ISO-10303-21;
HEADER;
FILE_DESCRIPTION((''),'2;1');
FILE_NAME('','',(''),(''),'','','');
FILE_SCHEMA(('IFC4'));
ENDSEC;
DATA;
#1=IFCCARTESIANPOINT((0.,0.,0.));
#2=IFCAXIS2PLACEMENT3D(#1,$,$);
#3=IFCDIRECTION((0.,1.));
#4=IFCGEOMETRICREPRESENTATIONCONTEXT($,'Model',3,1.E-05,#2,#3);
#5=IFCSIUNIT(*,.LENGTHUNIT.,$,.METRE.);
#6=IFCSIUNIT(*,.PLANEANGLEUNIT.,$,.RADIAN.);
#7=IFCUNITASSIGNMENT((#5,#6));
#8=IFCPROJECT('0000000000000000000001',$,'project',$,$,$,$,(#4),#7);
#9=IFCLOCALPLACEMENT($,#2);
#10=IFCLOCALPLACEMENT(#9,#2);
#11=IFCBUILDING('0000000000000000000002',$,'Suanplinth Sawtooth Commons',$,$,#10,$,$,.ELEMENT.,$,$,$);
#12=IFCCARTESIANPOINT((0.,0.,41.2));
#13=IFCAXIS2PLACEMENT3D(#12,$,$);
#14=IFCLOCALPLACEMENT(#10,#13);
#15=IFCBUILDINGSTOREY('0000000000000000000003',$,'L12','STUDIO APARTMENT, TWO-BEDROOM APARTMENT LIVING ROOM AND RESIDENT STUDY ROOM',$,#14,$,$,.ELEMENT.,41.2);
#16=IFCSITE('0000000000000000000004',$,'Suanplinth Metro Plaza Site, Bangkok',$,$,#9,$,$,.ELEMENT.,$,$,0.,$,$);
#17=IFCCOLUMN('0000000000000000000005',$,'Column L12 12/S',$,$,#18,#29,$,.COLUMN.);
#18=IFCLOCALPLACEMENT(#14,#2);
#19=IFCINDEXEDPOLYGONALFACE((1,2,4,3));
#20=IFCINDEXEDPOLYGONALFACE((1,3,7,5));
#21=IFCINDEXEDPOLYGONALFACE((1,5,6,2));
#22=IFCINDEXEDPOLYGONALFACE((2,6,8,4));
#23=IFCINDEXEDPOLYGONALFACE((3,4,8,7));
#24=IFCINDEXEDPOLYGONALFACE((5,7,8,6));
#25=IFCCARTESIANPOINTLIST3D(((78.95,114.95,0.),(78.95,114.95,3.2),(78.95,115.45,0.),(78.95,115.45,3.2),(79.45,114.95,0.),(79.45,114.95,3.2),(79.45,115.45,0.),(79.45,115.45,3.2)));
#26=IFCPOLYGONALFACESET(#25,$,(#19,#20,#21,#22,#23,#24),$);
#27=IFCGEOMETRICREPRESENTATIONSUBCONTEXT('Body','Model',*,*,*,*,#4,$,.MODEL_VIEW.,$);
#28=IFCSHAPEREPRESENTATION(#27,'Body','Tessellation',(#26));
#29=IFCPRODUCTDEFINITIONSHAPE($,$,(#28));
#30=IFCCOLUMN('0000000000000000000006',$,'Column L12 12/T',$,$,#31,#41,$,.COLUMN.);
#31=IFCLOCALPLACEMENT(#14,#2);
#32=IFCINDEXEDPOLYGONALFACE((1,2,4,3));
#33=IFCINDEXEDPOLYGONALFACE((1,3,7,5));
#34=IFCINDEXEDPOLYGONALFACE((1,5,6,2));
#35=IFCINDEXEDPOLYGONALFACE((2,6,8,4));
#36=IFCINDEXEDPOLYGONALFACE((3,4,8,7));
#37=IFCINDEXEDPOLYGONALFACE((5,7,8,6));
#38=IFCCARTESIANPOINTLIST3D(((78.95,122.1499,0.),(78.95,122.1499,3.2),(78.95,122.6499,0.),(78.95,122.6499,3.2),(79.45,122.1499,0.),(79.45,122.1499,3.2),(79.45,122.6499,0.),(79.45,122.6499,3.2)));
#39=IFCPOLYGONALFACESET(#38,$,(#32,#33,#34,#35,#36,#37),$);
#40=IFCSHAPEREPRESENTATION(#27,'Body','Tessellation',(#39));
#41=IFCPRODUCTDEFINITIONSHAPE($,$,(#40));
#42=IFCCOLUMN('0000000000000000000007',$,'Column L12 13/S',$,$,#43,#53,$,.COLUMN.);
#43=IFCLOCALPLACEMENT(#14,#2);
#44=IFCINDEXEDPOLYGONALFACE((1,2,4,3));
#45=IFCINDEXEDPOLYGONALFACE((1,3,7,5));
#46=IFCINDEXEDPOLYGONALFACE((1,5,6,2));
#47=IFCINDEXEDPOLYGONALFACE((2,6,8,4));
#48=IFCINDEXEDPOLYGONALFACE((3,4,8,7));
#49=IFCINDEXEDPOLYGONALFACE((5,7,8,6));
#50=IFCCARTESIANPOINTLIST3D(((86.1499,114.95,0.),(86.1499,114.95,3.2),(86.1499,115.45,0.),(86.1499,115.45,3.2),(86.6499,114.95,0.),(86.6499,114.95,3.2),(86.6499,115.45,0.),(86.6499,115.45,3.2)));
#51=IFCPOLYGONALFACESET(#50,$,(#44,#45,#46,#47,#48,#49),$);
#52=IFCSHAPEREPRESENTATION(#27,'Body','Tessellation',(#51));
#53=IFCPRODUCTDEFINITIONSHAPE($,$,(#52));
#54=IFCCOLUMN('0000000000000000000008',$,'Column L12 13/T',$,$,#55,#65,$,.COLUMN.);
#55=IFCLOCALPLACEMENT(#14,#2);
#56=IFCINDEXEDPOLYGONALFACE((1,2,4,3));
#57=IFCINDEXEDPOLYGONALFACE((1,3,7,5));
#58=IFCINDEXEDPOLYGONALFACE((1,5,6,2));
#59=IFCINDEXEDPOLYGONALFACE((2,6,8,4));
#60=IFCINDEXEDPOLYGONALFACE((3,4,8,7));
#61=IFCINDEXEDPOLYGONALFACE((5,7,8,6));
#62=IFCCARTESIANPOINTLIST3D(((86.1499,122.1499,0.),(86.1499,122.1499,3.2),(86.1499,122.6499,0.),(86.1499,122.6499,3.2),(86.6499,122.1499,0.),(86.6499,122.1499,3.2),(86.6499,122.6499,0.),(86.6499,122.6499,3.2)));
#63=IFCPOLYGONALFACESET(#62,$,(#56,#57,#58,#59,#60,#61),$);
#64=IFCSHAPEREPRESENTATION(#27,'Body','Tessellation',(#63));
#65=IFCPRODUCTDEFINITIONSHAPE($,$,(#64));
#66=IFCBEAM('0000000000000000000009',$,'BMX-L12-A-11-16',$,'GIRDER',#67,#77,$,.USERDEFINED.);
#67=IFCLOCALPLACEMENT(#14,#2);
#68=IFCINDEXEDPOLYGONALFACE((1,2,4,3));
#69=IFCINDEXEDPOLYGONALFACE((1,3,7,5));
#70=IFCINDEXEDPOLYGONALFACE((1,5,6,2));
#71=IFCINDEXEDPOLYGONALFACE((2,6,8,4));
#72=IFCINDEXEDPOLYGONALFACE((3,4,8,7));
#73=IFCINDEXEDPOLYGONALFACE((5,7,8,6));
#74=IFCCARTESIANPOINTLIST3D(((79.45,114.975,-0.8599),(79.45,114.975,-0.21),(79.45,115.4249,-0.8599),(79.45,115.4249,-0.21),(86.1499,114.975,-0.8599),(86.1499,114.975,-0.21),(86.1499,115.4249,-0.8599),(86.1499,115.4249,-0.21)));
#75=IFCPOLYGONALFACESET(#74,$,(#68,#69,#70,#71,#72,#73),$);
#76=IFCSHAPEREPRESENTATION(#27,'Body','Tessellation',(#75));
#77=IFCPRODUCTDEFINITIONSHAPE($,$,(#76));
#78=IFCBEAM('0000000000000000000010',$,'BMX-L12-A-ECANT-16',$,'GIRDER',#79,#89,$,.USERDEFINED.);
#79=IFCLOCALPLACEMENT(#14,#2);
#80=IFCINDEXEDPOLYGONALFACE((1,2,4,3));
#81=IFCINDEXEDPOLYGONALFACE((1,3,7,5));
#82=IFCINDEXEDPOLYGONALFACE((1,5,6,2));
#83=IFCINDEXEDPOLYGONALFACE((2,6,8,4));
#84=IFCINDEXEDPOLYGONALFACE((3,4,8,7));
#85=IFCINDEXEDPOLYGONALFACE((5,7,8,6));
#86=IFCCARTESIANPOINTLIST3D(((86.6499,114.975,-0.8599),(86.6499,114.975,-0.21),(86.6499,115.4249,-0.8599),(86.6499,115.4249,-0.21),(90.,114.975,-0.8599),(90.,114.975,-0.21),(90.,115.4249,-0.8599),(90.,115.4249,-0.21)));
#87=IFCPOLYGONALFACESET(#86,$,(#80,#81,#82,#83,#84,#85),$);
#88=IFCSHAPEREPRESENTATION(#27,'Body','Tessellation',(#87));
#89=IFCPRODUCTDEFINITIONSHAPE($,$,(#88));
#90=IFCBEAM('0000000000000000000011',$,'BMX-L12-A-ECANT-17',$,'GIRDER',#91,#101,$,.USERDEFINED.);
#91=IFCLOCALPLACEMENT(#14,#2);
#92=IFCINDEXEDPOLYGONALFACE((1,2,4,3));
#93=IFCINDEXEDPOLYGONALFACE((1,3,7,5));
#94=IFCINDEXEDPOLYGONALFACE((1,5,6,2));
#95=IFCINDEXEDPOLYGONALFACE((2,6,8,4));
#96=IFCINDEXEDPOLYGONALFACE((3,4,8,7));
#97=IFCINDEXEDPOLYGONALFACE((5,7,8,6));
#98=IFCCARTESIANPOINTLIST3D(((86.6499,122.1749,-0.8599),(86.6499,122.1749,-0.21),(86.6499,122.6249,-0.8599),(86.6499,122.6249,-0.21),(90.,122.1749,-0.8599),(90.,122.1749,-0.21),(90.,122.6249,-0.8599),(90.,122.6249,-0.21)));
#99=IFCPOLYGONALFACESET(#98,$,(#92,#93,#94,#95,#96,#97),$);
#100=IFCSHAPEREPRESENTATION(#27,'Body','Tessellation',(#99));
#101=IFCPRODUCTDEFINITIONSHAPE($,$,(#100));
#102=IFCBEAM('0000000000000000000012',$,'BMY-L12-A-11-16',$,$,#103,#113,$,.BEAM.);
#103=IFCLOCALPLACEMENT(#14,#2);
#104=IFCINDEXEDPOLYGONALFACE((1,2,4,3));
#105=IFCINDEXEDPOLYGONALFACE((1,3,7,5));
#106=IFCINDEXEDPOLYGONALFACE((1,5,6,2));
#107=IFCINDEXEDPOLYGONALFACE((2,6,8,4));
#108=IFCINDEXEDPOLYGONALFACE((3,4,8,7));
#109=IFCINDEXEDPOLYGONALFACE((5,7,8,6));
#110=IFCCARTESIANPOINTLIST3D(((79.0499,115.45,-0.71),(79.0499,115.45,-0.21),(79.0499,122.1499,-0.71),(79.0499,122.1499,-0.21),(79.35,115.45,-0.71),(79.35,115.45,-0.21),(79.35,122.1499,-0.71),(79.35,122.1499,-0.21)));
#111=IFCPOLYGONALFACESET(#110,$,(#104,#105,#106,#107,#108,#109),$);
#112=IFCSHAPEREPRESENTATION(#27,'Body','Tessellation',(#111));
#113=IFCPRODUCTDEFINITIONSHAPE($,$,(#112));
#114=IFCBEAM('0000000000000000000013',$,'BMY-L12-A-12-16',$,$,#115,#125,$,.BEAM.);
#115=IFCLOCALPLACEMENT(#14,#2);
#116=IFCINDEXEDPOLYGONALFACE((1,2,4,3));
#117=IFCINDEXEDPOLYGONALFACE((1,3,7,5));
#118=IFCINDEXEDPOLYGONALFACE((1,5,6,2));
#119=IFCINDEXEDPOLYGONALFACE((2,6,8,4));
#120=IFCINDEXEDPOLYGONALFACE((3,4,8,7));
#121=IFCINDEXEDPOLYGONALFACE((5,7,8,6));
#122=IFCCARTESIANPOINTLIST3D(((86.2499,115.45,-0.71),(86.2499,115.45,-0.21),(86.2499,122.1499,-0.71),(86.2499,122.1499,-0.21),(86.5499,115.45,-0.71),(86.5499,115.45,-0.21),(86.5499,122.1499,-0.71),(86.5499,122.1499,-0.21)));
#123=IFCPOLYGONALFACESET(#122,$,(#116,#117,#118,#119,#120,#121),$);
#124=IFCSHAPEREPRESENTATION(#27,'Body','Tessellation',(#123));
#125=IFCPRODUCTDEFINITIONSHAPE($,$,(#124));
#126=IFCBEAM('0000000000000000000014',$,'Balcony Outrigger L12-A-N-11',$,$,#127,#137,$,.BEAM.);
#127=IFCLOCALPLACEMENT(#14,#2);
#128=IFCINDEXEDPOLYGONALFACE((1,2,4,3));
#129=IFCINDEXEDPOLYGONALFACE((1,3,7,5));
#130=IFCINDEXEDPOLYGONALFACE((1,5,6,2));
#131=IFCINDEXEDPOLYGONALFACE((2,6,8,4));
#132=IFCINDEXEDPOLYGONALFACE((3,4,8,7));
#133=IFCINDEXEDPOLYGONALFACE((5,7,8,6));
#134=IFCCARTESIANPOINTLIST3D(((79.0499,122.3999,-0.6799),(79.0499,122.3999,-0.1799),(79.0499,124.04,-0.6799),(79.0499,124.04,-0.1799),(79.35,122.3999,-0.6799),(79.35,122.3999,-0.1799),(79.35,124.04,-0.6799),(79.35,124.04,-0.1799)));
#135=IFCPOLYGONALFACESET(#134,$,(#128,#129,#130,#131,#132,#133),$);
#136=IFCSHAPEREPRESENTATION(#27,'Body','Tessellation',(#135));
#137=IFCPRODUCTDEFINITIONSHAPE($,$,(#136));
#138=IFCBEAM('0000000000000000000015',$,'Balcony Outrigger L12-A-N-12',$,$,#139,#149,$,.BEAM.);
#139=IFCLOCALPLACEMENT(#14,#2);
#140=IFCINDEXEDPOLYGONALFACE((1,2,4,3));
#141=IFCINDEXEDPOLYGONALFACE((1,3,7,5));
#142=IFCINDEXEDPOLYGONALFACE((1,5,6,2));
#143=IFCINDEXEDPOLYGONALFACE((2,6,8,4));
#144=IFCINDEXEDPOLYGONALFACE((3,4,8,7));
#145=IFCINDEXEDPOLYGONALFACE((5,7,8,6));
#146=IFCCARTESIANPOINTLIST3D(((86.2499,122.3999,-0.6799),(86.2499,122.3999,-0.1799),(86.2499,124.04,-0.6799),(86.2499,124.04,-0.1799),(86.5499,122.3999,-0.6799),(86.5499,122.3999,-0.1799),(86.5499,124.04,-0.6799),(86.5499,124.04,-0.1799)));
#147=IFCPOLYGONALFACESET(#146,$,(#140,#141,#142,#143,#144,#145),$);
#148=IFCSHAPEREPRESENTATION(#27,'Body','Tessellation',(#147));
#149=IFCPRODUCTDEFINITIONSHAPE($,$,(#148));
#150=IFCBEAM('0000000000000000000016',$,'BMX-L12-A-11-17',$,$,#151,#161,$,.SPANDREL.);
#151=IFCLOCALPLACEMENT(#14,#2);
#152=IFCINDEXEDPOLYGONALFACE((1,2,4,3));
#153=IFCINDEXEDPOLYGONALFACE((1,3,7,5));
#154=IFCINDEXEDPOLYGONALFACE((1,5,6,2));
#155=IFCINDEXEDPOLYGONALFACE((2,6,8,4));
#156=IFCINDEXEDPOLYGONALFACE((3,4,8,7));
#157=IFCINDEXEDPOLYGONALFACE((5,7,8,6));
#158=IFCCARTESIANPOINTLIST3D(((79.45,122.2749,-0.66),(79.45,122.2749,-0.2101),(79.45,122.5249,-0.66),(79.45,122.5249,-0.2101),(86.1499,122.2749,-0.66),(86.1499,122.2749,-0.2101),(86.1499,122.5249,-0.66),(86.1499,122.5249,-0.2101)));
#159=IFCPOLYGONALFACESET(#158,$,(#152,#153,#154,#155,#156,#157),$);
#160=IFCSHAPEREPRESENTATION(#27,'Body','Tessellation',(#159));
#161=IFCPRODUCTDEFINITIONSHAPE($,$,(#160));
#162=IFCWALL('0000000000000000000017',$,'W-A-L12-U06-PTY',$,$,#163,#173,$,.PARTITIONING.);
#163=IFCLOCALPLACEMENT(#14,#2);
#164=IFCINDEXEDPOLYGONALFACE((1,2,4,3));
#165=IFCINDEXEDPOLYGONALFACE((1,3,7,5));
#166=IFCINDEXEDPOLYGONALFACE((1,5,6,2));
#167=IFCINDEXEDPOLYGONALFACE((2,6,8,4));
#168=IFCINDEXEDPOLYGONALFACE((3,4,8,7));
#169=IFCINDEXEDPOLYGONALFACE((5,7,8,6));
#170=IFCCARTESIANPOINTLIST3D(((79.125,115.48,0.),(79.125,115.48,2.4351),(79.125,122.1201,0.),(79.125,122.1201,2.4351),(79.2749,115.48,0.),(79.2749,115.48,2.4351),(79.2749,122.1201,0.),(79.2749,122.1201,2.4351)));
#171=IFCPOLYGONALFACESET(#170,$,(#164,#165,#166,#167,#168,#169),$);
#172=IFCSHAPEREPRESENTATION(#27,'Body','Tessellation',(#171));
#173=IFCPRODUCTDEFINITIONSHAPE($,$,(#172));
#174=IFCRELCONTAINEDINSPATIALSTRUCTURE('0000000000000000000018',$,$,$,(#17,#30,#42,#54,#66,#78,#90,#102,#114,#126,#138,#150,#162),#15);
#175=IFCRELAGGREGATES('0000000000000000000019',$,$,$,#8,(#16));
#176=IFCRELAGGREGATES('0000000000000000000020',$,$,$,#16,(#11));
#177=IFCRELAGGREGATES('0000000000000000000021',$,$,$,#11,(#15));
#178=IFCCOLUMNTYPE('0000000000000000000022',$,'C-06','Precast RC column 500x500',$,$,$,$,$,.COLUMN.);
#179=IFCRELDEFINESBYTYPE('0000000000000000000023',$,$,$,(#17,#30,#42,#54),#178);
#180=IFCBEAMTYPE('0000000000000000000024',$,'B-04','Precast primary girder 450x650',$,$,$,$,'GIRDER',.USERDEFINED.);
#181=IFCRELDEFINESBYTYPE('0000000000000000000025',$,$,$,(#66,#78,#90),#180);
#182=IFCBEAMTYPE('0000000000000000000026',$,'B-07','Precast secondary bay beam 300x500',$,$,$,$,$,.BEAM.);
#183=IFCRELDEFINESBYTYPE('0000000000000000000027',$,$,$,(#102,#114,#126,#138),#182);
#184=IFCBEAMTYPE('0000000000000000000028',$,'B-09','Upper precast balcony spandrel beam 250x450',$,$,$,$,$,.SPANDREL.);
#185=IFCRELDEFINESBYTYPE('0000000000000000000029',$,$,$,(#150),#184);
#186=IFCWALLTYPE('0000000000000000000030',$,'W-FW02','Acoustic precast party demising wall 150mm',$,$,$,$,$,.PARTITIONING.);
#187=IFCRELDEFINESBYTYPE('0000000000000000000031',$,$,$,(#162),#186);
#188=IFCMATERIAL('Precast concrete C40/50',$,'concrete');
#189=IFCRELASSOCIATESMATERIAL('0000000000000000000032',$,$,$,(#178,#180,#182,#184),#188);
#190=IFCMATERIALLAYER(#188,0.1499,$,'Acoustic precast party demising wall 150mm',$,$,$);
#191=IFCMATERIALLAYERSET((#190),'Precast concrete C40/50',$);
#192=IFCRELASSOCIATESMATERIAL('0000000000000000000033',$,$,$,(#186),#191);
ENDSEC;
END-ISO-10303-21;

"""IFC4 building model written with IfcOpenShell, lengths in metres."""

from ifc_helpers import new_model, si_unit, direction, frame, frame_2d, origin, origin_2d, place, context, subcontext, project, spatial, rectangle, extrude, material, layer, layer_set, material_profile, profile_set, type_object, element, save


model = new_model("IFC4")

# Units and contexts
model_context = context("Model", 3, precision=1e-05, world=origin(), true_north=direction((0.0, 1.0)))
body_context = subcontext(model_context, "Body", "Model", "MODEL_VIEW")
ifc_project = project(units=[si_unit("LENGTHUNIT", "METRE"), si_unit("PLANEANGLEUNIT", "RADIAN")], contexts=[model_context])

# Site, building, storey
site_placement = place(None, origin())
site = spatial("IfcSite", under=ifc_project, at=site_placement, Name="Suanplinth Metro Plaza Site, Bangkok", CompositionType="ELEMENT", RefElevation=0.0)
building_placement = place(site_placement, origin())
building = spatial("IfcBuilding", under=site, at=building_placement, Name="Suanplinth Sawtooth Commons", CompositionType="ELEMENT")
storey_placement = place(building_placement, frame((0.0, 0.0, 41.2)))
storey = spatial("IfcBuildingStorey", under=building, at=storey_placement, Name="L12", Description="STUDIO APARTMENT, TWO-BEDROOM APARTMENT LIVING ROOM AND RESIDENT STUDY ROOM", CompositionType="ELEMENT", Elevation=41.2)

# Columns
ifc_material_1 = material(Name="Precast concrete C40/50", Category="concrete")
ifc_material_profile_1 = material_profile(ifc_material_1, rectangle(XDim=0.5, YDim=0.5, at=origin_2d()), Name="PC-COL 500x500")
ifc_profile_set_1 = profile_set([ifc_material_profile_1], Name="Precast concrete C40/50")
column_type = type_object("IfcColumnType", Name="C-06", Description="Precast RC column 500x500", PredefinedType="COLUMN", material=ifc_profile_set_1)
for number, where, z_axis, x_axis, name in (
    (1, (79.2, 115.2, 0.0), (0.0, 0.0, 1.0), (1.0, 0.0, 0.0), "Column L12 12/S"),
    (2, (79.2, 122.3999, 0.0), (0.0, 0.0, 1.0), (1.0, 0.0, 0.0), "Column L12 12/T"),
    (3, (86.3999, 115.2, 0.0), (0.0, 0.0, 1.0), (1.0, 0.0, 0.0), "Column L12 13/S"),
    (4, (86.3999, 122.3999, 0.0), (0.0, 0.0, 1.0), (1.0, 0.0, 0.0), "Column L12 13/T"),
):
    element("IfcColumn", number, at=place(storey_placement, frame(where, z_axis=z_axis, x_axis=x_axis)), inside=storey, type_object=column_type, Name=name, PredefinedType="COLUMN", context=body_context, shape_type="SweptSolid", body=[
        extrude(rectangle(XDim=0.5, YDim=0.5, at=origin_2d()), origin(), (0.0, 0.0, 1.0), 3.2),
    ])

# Beams
ifc_material_profile_2 = material_profile(ifc_material_1, rectangle(XDim=0.45, YDim=0.6499, at=origin_2d()), Name="PC-GDR 450x650")
ifc_profile_set_2 = profile_set([ifc_material_profile_2], Name="Precast concrete C40/50")
beam_type_1 = type_object("IfcBeamType", Name="B-04", Description="Precast primary girder 450x650", ElementType="GIRDER", PredefinedType="USERDEFINED", material=ifc_profile_set_2)
beam_1_placement = place(storey_placement, frame((79.45, 115.2, -0.5349), z_axis=(1.0, 0.0, 0.0), x_axis=(0.0, 1.0, 0.0)))
element("IfcBeam", 5, at=beam_1_placement, inside=storey, type_object=beam_type_1, Name="BMX-L12-A-11-16", ObjectType="GIRDER", PredefinedType="USERDEFINED", context=body_context, shape_type="SweptSolid", body=[
    extrude(rectangle(XDim=0.45, YDim=0.6499, at=origin_2d()), origin(), (0.0, 0.0, 1.0), 6.7),
])
for number, where, z_axis, x_axis, name in (
    (6, (86.6499, 115.2, -0.5349), (1.0, 0.0, 0.0), (0.0, 1.0, 0.0), "BMX-L12-A-ECANT-16"),
    (7, (86.6499, 122.3999, -0.5349), (1.0, 0.0, 0.0), (0.0, 1.0, 0.0), "BMX-L12-A-ECANT-17"),
):
    element("IfcBeam", number, at=place(storey_placement, frame(where, z_axis=z_axis, x_axis=x_axis)), inside=storey, type_object=beam_type_1, Name=name, ObjectType="GIRDER", PredefinedType="USERDEFINED", context=body_context, shape_type="SweptSolid", body=[
        extrude(rectangle(XDim=0.45, YDim=0.6499, at=origin_2d()), origin(), (0.0, 0.0, 1.0), 3.3501),
    ])
ifc_material_profile_3 = material_profile(ifc_material_1, rectangle(XDim=0.3, YDim=0.5, at=origin_2d()), Name="PC-BM 300x500")
ifc_profile_set_3 = profile_set([ifc_material_profile_3], Name="Precast concrete C40/50")
beam_type_2 = type_object("IfcBeamType", Name="B-07", Description="Precast secondary bay beam 300x500", PredefinedType="BEAM", material=ifc_profile_set_3)
for number, where, z_axis, x_axis, name in (
    (8, (79.2, 115.45, -0.46), (0.0, 1.0, 0.0), (-1.0, 0.0, 0.0), "BMY-L12-A-11-16"),
    (9, (86.3999, 115.45, -0.46), (0.0, 1.0, 0.0), (-1.0, 0.0, 0.0), "BMY-L12-A-12-16"),
):
    element("IfcBeam", number, at=place(storey_placement, frame(where, z_axis=z_axis, x_axis=x_axis)), inside=storey, type_object=beam_type_2, Name=name, PredefinedType="BEAM", context=body_context, shape_type="SweptSolid", body=[
        extrude(rectangle(XDim=0.3, YDim=0.5, at=origin_2d()), origin(), (0.0, 0.0, 1.0), 6.7),
    ])
for number, where, z_axis, x_axis, name in (
    (10, (79.2, 122.3999, -0.4299), (0.0, 1.0, 0.0), (-1.0, 0.0, 0.0), "Balcony Outrigger L12-A-N-11"),
    (11, (86.3999, 122.3999, -0.4299), (0.0, 1.0, 0.0), (-1.0, 0.0, 0.0), "Balcony Outrigger L12-A-N-12"),
):
    element("IfcBeam", number, at=place(storey_placement, frame(where, z_axis=z_axis, x_axis=x_axis)), inside=storey, type_object=beam_type_2, Name=name, PredefinedType="BEAM", context=body_context, shape_type="SweptSolid", body=[
        extrude(rectangle(XDim=0.3, YDim=0.5, at=origin_2d()), origin(), (0.0, 0.0, 1.0), 1.6401),
    ])
ifc_material_profile_4 = material_profile(ifc_material_1, rectangle(XDim=0.25, YDim=0.45, at=origin_2d()), Name="PC-SP 250x450")
ifc_profile_set_4 = profile_set([ifc_material_profile_4], Name="Precast concrete C40/50")
beam_type_3 = type_object("IfcBeamType", Name="B-09", Description="Upper precast balcony spandrel beam 250x450", PredefinedType="SPANDREL", material=ifc_profile_set_4)
beam_2_placement = place(storey_placement, frame((79.45, 122.3999, -0.4351), z_axis=(1.0, 0.0, 0.0), x_axis=(0.0, 1.0, 0.0)))
element("IfcBeam", 12, at=beam_2_placement, inside=storey, type_object=beam_type_3, Name="BMX-L12-A-11-17", PredefinedType="SPANDREL", context=body_context, shape_type="SweptSolid", body=[
    extrude(rectangle(XDim=0.25, YDim=0.45, at=origin_2d()), origin(), (0.0, 0.0, 1.0), 6.7),
])

# Wall
ifc_layer_1 = layer(ifc_material_1, 0.1499, Name="Acoustic precast party demising wall 150mm")
ifc_layer_set_1 = layer_set([ifc_layer_1], Name="Precast concrete C40/50")
wall_type_1 = type_object("IfcWallType", Name="W-FW02", Description="Acoustic precast party demising wall 150mm", PredefinedType="PARTITIONING", material=ifc_layer_set_1)
wall_1_placement = place(storey_placement, frame((79.2, 115.48, 0.0), z_axis=(0.0, 0.0, 1.0), x_axis=(0.0, 1.0, 0.0)))
element("IfcWall", 13, at=wall_1_placement, inside=storey, type_object=wall_type_1, Name="W-A-L12-U06-PTY", PredefinedType="PARTITIONING", context=body_context, shape_type="SweptSolid", body=[
    extrude(rectangle(XDim=6.6401, YDim=0.1499, at=frame_2d((3.3201, 0.0))), origin(), (0.0, 0.0, 1.0), 2.4351),
])

save(model, "model.ifc")
